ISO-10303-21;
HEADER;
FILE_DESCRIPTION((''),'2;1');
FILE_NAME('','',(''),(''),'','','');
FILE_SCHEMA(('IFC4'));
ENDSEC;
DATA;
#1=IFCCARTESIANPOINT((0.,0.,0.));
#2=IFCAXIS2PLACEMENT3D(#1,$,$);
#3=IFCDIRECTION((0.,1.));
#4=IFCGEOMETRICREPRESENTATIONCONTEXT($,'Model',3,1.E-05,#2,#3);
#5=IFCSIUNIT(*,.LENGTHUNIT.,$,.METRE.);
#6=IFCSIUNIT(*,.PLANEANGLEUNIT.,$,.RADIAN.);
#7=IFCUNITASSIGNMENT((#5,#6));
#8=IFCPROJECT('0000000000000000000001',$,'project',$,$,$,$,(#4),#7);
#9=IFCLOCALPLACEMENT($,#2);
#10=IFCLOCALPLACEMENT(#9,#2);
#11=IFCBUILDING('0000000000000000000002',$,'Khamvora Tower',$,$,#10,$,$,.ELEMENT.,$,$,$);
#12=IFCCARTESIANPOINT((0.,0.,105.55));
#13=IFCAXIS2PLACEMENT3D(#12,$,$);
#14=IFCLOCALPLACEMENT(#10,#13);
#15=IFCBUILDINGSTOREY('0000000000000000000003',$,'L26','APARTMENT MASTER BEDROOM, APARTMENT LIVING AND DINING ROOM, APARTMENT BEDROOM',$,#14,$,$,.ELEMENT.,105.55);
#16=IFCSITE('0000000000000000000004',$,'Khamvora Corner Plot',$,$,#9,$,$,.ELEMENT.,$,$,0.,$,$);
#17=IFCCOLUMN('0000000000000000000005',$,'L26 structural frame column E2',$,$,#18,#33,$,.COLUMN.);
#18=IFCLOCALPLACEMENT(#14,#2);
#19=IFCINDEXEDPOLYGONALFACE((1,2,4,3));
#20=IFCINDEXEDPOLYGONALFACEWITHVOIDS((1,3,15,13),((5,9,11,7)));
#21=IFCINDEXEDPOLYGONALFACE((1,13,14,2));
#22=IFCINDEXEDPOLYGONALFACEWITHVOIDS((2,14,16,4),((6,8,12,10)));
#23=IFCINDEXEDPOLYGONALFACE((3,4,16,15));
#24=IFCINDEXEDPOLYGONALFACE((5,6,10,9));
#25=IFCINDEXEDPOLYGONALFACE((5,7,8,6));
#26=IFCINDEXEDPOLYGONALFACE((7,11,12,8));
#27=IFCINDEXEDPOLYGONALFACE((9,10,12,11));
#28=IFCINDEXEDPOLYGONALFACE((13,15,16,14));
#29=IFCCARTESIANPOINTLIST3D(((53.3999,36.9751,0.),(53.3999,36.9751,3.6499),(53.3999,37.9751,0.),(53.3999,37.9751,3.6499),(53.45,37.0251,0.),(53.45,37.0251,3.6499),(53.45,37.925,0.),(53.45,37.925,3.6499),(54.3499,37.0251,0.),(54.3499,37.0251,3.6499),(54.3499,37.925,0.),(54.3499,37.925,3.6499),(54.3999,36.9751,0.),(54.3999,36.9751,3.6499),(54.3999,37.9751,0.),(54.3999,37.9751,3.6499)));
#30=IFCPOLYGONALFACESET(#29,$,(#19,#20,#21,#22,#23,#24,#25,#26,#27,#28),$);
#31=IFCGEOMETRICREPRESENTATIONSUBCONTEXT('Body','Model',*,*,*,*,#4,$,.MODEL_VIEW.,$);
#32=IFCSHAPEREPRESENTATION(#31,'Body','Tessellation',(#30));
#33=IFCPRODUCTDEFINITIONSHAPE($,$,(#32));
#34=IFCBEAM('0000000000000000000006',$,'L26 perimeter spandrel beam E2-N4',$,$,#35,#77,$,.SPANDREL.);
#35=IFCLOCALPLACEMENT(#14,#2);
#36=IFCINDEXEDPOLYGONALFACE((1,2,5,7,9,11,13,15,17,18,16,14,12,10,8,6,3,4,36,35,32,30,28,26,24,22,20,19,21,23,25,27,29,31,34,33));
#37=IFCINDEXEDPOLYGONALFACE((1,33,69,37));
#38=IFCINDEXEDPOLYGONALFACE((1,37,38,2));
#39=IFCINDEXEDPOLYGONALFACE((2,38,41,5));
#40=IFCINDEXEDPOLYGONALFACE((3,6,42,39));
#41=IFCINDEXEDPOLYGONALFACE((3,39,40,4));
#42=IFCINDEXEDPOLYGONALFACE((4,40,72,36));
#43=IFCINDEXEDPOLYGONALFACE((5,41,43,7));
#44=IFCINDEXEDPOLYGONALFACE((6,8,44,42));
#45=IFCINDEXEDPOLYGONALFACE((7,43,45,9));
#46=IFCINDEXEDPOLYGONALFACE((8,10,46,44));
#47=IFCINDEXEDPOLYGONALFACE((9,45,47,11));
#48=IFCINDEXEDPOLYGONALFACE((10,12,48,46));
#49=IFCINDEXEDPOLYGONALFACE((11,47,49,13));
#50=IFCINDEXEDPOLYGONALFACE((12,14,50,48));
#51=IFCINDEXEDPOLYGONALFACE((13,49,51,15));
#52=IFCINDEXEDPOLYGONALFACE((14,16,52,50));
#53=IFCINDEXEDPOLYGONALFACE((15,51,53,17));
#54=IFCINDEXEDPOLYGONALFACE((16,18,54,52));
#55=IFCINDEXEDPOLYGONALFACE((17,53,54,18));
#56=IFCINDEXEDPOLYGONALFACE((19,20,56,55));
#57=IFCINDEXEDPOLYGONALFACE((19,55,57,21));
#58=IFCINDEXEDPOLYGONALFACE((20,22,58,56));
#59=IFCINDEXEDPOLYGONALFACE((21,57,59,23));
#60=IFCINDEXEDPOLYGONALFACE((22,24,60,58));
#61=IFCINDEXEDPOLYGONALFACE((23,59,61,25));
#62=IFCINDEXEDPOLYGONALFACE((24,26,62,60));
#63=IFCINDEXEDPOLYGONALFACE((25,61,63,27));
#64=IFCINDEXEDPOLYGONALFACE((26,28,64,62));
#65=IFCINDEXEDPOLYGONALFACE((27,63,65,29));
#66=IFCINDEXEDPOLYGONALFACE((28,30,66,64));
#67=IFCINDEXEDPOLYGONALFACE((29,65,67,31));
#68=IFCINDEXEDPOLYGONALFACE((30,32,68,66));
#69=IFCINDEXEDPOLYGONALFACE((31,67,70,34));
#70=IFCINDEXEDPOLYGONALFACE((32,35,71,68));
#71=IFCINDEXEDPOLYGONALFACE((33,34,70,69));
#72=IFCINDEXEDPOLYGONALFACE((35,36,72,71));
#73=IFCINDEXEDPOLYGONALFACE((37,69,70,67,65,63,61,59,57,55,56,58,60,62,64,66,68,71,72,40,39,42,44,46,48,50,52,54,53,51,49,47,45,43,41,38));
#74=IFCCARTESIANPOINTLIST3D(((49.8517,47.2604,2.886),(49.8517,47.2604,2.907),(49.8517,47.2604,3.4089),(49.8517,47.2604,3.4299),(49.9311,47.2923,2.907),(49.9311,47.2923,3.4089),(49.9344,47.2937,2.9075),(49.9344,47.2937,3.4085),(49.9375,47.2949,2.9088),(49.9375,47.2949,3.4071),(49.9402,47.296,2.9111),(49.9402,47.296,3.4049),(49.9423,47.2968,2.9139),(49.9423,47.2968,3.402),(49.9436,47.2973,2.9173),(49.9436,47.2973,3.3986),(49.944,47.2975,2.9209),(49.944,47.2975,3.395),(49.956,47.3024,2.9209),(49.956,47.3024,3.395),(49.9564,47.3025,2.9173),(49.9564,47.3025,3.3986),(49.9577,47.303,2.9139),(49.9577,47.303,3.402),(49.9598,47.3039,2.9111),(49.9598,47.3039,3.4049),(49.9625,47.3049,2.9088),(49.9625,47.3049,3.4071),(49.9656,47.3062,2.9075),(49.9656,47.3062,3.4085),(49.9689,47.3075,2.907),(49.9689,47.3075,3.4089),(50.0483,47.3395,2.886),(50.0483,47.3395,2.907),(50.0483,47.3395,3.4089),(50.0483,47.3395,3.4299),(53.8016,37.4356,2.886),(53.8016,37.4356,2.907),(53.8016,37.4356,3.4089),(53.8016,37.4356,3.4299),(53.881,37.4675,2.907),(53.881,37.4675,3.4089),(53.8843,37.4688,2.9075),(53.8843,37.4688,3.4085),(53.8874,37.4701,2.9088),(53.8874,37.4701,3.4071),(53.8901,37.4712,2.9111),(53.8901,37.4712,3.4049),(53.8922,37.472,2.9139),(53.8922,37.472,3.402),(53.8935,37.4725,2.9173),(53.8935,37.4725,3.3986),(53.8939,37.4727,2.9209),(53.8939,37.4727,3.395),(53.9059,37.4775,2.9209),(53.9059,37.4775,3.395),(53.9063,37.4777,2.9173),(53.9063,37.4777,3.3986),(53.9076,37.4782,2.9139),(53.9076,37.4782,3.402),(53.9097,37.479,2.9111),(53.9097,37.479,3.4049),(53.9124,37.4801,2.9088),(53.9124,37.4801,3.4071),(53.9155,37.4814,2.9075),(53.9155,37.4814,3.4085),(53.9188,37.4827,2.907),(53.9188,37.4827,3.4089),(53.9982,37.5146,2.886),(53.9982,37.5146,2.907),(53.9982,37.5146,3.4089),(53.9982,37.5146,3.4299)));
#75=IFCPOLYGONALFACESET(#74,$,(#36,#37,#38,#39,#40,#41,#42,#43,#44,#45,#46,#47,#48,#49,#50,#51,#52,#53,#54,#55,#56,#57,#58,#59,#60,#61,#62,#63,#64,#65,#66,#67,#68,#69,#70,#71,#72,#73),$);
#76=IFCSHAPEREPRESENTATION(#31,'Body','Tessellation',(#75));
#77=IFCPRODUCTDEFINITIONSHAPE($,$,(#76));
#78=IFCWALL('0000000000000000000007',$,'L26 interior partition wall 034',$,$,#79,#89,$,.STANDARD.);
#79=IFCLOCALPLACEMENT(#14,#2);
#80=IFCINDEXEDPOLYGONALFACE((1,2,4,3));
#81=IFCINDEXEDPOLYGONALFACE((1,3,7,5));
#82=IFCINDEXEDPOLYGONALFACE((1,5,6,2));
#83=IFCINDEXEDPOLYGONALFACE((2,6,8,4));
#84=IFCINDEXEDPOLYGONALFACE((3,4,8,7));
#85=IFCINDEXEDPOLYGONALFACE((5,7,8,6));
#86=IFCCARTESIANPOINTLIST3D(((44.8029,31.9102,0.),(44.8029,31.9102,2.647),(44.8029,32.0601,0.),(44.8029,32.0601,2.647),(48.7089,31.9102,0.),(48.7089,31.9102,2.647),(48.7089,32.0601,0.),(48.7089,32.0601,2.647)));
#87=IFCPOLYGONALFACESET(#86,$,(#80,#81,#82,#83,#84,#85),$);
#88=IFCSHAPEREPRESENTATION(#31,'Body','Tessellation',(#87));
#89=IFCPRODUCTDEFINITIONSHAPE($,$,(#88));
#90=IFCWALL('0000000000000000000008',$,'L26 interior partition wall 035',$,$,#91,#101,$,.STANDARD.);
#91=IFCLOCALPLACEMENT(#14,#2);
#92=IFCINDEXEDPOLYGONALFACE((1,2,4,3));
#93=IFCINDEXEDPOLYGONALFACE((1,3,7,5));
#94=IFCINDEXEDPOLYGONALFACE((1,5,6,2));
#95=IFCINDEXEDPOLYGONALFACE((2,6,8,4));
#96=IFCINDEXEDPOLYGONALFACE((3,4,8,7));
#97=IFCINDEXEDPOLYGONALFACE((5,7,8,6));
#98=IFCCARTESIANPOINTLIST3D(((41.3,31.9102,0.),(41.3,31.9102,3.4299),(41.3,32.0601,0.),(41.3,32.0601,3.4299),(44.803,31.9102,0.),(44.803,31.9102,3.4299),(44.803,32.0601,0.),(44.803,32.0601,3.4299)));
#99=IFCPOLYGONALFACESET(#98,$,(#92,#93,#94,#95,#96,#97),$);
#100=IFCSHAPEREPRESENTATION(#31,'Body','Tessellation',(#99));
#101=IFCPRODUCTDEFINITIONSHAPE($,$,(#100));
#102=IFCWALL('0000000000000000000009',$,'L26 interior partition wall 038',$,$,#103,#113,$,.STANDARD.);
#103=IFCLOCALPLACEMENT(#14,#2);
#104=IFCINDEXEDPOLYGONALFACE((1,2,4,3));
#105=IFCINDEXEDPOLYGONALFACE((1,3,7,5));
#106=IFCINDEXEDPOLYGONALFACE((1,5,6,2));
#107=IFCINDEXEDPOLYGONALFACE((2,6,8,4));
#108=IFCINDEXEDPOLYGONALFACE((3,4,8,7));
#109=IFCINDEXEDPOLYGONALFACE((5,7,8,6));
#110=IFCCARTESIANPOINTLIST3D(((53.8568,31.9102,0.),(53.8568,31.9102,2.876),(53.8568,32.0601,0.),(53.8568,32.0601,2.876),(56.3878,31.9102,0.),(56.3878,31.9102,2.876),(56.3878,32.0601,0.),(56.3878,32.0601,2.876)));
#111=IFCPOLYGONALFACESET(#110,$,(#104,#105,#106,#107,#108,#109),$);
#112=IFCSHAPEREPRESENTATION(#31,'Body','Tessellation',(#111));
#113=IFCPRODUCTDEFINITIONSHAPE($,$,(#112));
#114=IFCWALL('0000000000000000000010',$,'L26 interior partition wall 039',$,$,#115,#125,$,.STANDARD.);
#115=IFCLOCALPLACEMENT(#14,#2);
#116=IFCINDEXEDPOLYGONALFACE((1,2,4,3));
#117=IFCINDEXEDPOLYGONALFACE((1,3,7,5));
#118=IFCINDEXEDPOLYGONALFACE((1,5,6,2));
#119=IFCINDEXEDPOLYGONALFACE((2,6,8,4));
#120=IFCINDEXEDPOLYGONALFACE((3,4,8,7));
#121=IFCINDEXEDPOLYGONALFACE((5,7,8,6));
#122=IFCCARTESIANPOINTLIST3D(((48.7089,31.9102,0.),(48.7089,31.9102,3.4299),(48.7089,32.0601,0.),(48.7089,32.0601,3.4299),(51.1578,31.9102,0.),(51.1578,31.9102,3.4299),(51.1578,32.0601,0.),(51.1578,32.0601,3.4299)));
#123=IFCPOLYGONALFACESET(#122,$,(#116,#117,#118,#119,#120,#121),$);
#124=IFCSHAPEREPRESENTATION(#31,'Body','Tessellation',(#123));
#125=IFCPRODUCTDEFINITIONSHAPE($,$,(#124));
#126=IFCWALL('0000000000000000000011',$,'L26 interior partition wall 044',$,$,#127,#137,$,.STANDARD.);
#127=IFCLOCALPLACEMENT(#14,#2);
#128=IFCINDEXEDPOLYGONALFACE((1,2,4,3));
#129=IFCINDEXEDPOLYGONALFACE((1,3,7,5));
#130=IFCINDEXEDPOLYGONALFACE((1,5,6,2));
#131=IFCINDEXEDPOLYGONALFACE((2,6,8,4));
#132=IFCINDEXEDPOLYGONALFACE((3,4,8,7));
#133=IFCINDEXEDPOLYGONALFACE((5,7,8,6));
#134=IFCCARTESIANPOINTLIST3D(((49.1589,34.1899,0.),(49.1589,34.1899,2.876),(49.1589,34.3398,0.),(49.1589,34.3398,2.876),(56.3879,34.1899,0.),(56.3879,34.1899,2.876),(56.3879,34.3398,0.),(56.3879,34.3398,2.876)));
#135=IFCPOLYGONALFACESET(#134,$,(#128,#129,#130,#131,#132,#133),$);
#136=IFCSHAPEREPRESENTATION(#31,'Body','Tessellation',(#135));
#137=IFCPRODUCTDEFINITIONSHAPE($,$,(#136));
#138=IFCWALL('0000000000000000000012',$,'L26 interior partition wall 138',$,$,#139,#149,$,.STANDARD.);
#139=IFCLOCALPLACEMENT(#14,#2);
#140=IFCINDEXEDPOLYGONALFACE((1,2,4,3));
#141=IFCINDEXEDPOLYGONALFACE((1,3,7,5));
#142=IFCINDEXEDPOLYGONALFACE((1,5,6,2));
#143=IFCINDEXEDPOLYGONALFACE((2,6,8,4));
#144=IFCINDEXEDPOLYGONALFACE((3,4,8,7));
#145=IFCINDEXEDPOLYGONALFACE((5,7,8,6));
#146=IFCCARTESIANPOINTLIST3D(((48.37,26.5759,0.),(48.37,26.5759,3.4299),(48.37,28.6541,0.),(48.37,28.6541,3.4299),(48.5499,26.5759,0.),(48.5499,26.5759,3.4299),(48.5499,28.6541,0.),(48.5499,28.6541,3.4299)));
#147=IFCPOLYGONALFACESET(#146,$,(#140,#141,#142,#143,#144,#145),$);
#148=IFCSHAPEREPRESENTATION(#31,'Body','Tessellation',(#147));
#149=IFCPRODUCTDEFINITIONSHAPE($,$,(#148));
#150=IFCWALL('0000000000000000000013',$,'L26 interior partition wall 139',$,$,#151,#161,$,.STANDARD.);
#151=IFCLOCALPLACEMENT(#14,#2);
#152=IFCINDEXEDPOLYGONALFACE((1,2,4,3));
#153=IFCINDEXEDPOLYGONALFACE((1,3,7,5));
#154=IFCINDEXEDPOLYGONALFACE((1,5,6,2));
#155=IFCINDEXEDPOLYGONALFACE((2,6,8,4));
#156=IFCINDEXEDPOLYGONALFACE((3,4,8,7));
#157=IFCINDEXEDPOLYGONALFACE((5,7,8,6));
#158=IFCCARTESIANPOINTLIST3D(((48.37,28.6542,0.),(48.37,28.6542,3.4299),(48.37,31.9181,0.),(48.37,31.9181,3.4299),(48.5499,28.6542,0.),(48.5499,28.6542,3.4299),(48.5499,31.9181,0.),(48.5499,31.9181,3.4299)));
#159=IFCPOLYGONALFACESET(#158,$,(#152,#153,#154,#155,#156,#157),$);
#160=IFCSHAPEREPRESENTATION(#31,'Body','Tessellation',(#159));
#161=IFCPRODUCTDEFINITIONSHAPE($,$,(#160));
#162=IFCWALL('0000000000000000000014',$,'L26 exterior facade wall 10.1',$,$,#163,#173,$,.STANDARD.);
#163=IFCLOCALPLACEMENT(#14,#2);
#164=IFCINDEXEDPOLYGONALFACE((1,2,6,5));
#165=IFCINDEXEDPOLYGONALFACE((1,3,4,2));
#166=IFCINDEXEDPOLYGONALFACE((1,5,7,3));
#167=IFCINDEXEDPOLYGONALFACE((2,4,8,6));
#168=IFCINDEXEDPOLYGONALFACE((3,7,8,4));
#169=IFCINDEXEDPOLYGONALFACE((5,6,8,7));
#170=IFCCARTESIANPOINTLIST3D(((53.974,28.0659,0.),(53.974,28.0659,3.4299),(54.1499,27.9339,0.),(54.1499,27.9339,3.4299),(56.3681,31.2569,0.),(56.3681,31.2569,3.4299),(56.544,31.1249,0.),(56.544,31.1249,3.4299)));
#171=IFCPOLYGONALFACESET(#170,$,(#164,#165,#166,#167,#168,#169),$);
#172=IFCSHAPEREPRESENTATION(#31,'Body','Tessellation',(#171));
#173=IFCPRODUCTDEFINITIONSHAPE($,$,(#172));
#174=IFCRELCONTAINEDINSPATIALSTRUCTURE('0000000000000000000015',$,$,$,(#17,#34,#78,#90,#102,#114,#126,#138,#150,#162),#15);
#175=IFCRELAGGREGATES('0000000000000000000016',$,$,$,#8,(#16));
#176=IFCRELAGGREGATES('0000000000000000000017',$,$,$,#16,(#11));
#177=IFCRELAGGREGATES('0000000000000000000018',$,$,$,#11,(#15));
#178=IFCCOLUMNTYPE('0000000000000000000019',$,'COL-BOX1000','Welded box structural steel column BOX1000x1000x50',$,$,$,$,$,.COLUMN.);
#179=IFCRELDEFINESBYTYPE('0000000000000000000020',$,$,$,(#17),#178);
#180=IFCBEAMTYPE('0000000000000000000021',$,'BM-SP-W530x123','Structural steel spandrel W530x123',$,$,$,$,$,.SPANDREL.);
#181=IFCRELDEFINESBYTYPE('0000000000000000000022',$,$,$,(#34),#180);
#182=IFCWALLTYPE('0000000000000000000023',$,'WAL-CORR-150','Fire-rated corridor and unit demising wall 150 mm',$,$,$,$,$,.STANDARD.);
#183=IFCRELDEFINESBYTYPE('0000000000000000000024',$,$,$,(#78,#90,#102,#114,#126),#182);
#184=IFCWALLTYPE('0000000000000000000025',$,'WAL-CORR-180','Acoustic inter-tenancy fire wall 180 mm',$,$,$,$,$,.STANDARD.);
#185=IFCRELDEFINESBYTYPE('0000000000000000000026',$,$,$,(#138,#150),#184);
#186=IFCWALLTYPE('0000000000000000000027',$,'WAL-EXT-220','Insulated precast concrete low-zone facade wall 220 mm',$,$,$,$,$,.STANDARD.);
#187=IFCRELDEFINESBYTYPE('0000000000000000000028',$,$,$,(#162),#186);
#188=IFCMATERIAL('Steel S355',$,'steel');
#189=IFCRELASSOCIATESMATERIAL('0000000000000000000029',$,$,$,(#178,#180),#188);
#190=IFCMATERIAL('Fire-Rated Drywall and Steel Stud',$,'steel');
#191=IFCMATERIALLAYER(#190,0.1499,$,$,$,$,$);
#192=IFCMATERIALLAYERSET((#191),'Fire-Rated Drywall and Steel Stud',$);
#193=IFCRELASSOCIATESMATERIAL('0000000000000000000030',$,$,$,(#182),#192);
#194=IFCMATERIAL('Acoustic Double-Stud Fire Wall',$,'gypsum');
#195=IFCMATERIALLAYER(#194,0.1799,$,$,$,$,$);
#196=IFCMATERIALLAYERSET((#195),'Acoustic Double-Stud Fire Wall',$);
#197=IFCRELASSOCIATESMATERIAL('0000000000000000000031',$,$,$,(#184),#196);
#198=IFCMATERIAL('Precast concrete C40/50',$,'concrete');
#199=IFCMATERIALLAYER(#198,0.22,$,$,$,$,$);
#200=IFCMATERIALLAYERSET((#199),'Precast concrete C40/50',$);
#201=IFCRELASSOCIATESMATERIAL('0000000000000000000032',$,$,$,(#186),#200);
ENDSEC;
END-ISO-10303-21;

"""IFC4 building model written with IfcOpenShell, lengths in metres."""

from ifc_helpers import new_model, si_unit, direction, frame, frame_2d, origin, origin_2d, place, context, subcontext, project, spatial, rectangle, hollow_rectangle, i_section, extrude, material, layer, layer_set, material_profile, profile_set, type_object, element, save


model = new_model("IFC4")

# Units and contexts
model_context = context("Model", 3, precision=1e-05, world=origin(), true_north=direction((0.0, 1.0)))
body_context = subcontext(model_context, "Body", "Model", "MODEL_VIEW")
ifc_project = project(units=[si_unit("LENGTHUNIT", "METRE"), si_unit("PLANEANGLEUNIT", "RADIAN")], contexts=[model_context])

# Site, building, storey
site_placement = place(None, origin())
site = spatial("IfcSite", under=ifc_project, at=site_placement, Name="Khamvora Corner Plot", CompositionType="ELEMENT", RefElevation=0.0)
building_placement = place(site_placement, origin())
building = spatial("IfcBuilding", under=site, at=building_placement, Name="Khamvora Tower", CompositionType="ELEMENT")
storey_placement = place(building_placement, frame((0.0, 0.0, 105.55)))
storey = spatial("IfcBuildingStorey", under=building, at=storey_placement, Name="L26", Description="APARTMENT MASTER BEDROOM, APARTMENT LIVING AND DINING ROOM, APARTMENT BEDROOM", CompositionType="ELEMENT", Elevation=105.55)

# Column
ifc_material_1 = material(Name="Steel S355", Category="steel")
ifc_material_profile_1 = material_profile(ifc_material_1, hollow_rectangle(XDim=1.0, YDim=1.0, WallThickness=0.05, at=origin_2d()), Name="BOX1000x1000x50")
ifc_profile_set_1 = profile_set([ifc_material_profile_1], Name="Steel S355")
column_type = type_object("IfcColumnType", Name="COL-BOX1000", Description="Welded box structural steel column BOX1000x1000x50", PredefinedType="COLUMN", material=ifc_profile_set_1)
column_placement = place(storey_placement, frame((53.8999, 37.4751, 0.0), z_axis=(0.0, 0.0, 1.0), x_axis=(1.0, 0.0, 0.0)))
element("IfcColumn", 1, at=column_placement, inside=storey, type_object=column_type, Name="L26 structural frame column E2", PredefinedType="COLUMN", context=body_context, shape_type="SweptSolid", body=[
    extrude(hollow_rectangle(XDim=1.0, YDim=1.0, WallThickness=0.05, at=origin_2d()), origin(), (0.0, 0.0, 1.0), 3.6499),
])

# Beam
ifc_material_profile_2 = material_profile(ifc_material_1, i_section(OverallWidth=0.2119, OverallDepth=0.5439, WebThickness=0.0129, FlangeThickness=0.021, FilletRadius=0.0139, at=origin_2d()), Name="W530x123")
ifc_profile_set_2 = profile_set([ifc_material_profile_2], Name="Steel S355")
beam_type = type_object("IfcBeamType", Name="BM-SP-W530x123", Description="Structural steel spandrel W530x123", PredefinedType="SPANDREL", material=ifc_profile_set_2)
beam_placement = place(storey_placement, frame((53.8999, 37.4751, 3.158), z_axis=(-0.373016, 0.927825, 0.0), x_axis=(-0.927825, -0.373016, 0.0)))
element("IfcBeam", 2, at=beam_placement, inside=storey, type_object=beam_type, Name="L26 perimeter spandrel beam E2-N4", PredefinedType="SPANDREL", context=body_context, shape_type="SweptSolid", body=[
    extrude(i_section(OverallWidth=0.2119, OverallDepth=0.5439, WebThickness=0.0129, FlangeThickness=0.021, FilletRadius=0.0139, at=origin_2d()), origin(), (0.0, 0.0, 1.0), 10.5891),
])

# Walls
ifc_material_2 = material(Name="Fire-Rated Drywall and Steel Stud", Category="steel")
ifc_layer_1 = layer(ifc_material_2, 0.1499)
ifc_layer_set_1 = layer_set([ifc_layer_1], Name="Fire-Rated Drywall and Steel Stud")
wall_type_1 = type_object("IfcWallType", Name="WAL-CORR-150", Description="Fire-rated corridor and unit demising wall 150 mm", PredefinedType="STANDARD", material=ifc_layer_set_1)
wall_1_placement = place(storey_placement, frame((48.709, 31.9851, 0.0), z_axis=(0.0, 0.0, 1.0), x_axis=(-1.0, 0.0, 0.0)))
element("IfcWall", 3, at=wall_1_placement, inside=storey, type_object=wall_type_1, Name="L26 interior partition wall 034", PredefinedType="STANDARD", context=body_context, shape_type="SweptSolid", body=[
    extrude(rectangle(XDim=3.906, YDim=0.1499, at=frame_2d((1.9531, 0.0))), origin(), (0.0, 0.0, 1.0), 2.647),
])
wall_2_placement = place(storey_placement, frame((44.803, 31.9851, 0.0), z_axis=(0.0, 0.0, 1.0), x_axis=(-1.0, 0.0, 0.0)))
element("IfcWall", 4, at=wall_2_placement, inside=storey, type_object=wall_type_1, Name="L26 interior partition wall 035", PredefinedType="STANDARD", context=body_context, shape_type="SweptSolid", body=[
    extrude(rectangle(XDim=3.5029, YDim=0.1499, at=frame_2d((1.7515, 0.0))), origin(), (0.0, 0.0, 1.0), 3.4299),
])

# Walls
wall_3_placement = place(storey_placement, frame((56.3879, 31.9851, 0.0), z_axis=(0.0, 0.0, 1.0), x_axis=(-1.0, 0.0, 0.0)))
element("IfcWall", 5, at=wall_3_placement, inside=storey, type_object=wall_type_1, Name="L26 interior partition wall 038", PredefinedType="STANDARD", context=body_context, shape_type="SweptSolid", body=[
    extrude(rectangle(XDim=2.531, YDim=0.1499, at=frame_2d((1.2656, 0.0))), origin(), (0.0, 0.0, 1.0), 2.876),
])
wall_4_placement = place(storey_placement, frame((51.158, 31.9851, 0.0), z_axis=(0.0, 0.0, 1.0), x_axis=(-1.0, 0.0, 0.0)))
element("IfcWall", 6, at=wall_4_placement, inside=storey, type_object=wall_type_1, Name="L26 interior partition wall 039", PredefinedType="STANDARD", context=body_context, shape_type="SweptSolid", body=[
    extrude(rectangle(XDim=2.449, YDim=0.1499, at=frame_2d((1.2246, 0.0))), origin(), (0.0, 0.0, 1.0), 3.4299),
])

# Walls
wall_5_placement = place(storey_placement, frame((49.1589, 34.2649, 0.0), z_axis=(0.0, 0.0, 1.0), x_axis=(1.0, 0.0, 0.0)))
element("IfcWall", 7, at=wall_5_placement, inside=storey, type_object=wall_type_1, Name="L26 interior partition wall 044", PredefinedType="STANDARD", context=body_context, shape_type="SweptSolid", body=[
    extrude(rectangle(XDim=7.229, YDim=0.1499, at=frame_2d((3.6145, 0.0))), origin(), (0.0, 0.0, 1.0), 2.876),
])
ifc_material_3 = material(Name="Acoustic Double-Stud Fire Wall", Category="gypsum")
ifc_layer_2 = layer(ifc_material_3, 0.1799)
ifc_layer_set_2 = layer_set([ifc_layer_2], Name="Acoustic Double-Stud Fire Wall")
wall_type_2 = type_object("IfcWallType", Name="WAL-CORR-180", Description="Acoustic inter-tenancy fire wall 180 mm", PredefinedType="STANDARD", material=ifc_layer_set_2)
wall_6_placement = place(storey_placement, frame((48.46, 28.6541, 0.0), z_axis=(0.0, 0.0, 1.0), x_axis=(0.0, -1.0, 0.0)))
element("IfcWall", 8, at=wall_6_placement, inside=storey, type_object=wall_type_2, Name="L26 interior partition wall 138", PredefinedType="STANDARD", context=body_context, shape_type="SweptSolid", body=[
    extrude(rectangle(XDim=2.0781, YDim=0.1799, at=frame_2d((1.0391, 0.0))), origin(), (0.0, 0.0, 1.0), 3.4299),
])
wall_7_placement = place(storey_placement, frame((48.46, 31.918, 0.0), z_axis=(0.0, 0.0, 1.0), x_axis=(0.0, -1.0, 0.0)))
element("IfcWall", 9, at=wall_7_placement, inside=storey, type_object=wall_type_2, Name="L26 interior partition wall 139", PredefinedType="STANDARD", context=body_context, shape_type="SweptSolid", body=[
    extrude(rectangle(XDim=3.2639, YDim=0.1799, at=frame_2d((1.6318, 0.0))), origin(), (0.0, 0.0, 1.0), 3.4299),
])
ifc_material_4 = material(Name="Precast concrete C40/50", Category="concrete")
ifc_layer_3 = layer(ifc_material_4, 0.22)
ifc_layer_set_3 = layer_set([ifc_layer_3], Name="Precast concrete C40/50")
wall_type_3 = type_object("IfcWallType", Name="WAL-EXT-220", Description="Insulated precast concrete low-zone facade wall 220 mm", PredefinedType="STANDARD", material=ifc_layer_set_3)
wall_8_placement = place(storey_placement, frame((56.4561, 31.1909, 0.0), z_axis=(0.0, 0.0, 1.0), x_axis=(-0.600137, -0.799897, 0.0)))
element("IfcWall", 10, at=wall_8_placement, inside=storey, type_object=wall_type_3, Name="L26 exterior facade wall 10.1", PredefinedType="STANDARD", context=body_context, shape_type="SweptSolid", body=[
    extrude(rectangle(XDim=3.9893, YDim=0.22, at=frame_2d((1.9946, 0.0))), origin(), (0.0, 0.0, 1.0), 3.4299),
])

save(model, "model.ifc")
